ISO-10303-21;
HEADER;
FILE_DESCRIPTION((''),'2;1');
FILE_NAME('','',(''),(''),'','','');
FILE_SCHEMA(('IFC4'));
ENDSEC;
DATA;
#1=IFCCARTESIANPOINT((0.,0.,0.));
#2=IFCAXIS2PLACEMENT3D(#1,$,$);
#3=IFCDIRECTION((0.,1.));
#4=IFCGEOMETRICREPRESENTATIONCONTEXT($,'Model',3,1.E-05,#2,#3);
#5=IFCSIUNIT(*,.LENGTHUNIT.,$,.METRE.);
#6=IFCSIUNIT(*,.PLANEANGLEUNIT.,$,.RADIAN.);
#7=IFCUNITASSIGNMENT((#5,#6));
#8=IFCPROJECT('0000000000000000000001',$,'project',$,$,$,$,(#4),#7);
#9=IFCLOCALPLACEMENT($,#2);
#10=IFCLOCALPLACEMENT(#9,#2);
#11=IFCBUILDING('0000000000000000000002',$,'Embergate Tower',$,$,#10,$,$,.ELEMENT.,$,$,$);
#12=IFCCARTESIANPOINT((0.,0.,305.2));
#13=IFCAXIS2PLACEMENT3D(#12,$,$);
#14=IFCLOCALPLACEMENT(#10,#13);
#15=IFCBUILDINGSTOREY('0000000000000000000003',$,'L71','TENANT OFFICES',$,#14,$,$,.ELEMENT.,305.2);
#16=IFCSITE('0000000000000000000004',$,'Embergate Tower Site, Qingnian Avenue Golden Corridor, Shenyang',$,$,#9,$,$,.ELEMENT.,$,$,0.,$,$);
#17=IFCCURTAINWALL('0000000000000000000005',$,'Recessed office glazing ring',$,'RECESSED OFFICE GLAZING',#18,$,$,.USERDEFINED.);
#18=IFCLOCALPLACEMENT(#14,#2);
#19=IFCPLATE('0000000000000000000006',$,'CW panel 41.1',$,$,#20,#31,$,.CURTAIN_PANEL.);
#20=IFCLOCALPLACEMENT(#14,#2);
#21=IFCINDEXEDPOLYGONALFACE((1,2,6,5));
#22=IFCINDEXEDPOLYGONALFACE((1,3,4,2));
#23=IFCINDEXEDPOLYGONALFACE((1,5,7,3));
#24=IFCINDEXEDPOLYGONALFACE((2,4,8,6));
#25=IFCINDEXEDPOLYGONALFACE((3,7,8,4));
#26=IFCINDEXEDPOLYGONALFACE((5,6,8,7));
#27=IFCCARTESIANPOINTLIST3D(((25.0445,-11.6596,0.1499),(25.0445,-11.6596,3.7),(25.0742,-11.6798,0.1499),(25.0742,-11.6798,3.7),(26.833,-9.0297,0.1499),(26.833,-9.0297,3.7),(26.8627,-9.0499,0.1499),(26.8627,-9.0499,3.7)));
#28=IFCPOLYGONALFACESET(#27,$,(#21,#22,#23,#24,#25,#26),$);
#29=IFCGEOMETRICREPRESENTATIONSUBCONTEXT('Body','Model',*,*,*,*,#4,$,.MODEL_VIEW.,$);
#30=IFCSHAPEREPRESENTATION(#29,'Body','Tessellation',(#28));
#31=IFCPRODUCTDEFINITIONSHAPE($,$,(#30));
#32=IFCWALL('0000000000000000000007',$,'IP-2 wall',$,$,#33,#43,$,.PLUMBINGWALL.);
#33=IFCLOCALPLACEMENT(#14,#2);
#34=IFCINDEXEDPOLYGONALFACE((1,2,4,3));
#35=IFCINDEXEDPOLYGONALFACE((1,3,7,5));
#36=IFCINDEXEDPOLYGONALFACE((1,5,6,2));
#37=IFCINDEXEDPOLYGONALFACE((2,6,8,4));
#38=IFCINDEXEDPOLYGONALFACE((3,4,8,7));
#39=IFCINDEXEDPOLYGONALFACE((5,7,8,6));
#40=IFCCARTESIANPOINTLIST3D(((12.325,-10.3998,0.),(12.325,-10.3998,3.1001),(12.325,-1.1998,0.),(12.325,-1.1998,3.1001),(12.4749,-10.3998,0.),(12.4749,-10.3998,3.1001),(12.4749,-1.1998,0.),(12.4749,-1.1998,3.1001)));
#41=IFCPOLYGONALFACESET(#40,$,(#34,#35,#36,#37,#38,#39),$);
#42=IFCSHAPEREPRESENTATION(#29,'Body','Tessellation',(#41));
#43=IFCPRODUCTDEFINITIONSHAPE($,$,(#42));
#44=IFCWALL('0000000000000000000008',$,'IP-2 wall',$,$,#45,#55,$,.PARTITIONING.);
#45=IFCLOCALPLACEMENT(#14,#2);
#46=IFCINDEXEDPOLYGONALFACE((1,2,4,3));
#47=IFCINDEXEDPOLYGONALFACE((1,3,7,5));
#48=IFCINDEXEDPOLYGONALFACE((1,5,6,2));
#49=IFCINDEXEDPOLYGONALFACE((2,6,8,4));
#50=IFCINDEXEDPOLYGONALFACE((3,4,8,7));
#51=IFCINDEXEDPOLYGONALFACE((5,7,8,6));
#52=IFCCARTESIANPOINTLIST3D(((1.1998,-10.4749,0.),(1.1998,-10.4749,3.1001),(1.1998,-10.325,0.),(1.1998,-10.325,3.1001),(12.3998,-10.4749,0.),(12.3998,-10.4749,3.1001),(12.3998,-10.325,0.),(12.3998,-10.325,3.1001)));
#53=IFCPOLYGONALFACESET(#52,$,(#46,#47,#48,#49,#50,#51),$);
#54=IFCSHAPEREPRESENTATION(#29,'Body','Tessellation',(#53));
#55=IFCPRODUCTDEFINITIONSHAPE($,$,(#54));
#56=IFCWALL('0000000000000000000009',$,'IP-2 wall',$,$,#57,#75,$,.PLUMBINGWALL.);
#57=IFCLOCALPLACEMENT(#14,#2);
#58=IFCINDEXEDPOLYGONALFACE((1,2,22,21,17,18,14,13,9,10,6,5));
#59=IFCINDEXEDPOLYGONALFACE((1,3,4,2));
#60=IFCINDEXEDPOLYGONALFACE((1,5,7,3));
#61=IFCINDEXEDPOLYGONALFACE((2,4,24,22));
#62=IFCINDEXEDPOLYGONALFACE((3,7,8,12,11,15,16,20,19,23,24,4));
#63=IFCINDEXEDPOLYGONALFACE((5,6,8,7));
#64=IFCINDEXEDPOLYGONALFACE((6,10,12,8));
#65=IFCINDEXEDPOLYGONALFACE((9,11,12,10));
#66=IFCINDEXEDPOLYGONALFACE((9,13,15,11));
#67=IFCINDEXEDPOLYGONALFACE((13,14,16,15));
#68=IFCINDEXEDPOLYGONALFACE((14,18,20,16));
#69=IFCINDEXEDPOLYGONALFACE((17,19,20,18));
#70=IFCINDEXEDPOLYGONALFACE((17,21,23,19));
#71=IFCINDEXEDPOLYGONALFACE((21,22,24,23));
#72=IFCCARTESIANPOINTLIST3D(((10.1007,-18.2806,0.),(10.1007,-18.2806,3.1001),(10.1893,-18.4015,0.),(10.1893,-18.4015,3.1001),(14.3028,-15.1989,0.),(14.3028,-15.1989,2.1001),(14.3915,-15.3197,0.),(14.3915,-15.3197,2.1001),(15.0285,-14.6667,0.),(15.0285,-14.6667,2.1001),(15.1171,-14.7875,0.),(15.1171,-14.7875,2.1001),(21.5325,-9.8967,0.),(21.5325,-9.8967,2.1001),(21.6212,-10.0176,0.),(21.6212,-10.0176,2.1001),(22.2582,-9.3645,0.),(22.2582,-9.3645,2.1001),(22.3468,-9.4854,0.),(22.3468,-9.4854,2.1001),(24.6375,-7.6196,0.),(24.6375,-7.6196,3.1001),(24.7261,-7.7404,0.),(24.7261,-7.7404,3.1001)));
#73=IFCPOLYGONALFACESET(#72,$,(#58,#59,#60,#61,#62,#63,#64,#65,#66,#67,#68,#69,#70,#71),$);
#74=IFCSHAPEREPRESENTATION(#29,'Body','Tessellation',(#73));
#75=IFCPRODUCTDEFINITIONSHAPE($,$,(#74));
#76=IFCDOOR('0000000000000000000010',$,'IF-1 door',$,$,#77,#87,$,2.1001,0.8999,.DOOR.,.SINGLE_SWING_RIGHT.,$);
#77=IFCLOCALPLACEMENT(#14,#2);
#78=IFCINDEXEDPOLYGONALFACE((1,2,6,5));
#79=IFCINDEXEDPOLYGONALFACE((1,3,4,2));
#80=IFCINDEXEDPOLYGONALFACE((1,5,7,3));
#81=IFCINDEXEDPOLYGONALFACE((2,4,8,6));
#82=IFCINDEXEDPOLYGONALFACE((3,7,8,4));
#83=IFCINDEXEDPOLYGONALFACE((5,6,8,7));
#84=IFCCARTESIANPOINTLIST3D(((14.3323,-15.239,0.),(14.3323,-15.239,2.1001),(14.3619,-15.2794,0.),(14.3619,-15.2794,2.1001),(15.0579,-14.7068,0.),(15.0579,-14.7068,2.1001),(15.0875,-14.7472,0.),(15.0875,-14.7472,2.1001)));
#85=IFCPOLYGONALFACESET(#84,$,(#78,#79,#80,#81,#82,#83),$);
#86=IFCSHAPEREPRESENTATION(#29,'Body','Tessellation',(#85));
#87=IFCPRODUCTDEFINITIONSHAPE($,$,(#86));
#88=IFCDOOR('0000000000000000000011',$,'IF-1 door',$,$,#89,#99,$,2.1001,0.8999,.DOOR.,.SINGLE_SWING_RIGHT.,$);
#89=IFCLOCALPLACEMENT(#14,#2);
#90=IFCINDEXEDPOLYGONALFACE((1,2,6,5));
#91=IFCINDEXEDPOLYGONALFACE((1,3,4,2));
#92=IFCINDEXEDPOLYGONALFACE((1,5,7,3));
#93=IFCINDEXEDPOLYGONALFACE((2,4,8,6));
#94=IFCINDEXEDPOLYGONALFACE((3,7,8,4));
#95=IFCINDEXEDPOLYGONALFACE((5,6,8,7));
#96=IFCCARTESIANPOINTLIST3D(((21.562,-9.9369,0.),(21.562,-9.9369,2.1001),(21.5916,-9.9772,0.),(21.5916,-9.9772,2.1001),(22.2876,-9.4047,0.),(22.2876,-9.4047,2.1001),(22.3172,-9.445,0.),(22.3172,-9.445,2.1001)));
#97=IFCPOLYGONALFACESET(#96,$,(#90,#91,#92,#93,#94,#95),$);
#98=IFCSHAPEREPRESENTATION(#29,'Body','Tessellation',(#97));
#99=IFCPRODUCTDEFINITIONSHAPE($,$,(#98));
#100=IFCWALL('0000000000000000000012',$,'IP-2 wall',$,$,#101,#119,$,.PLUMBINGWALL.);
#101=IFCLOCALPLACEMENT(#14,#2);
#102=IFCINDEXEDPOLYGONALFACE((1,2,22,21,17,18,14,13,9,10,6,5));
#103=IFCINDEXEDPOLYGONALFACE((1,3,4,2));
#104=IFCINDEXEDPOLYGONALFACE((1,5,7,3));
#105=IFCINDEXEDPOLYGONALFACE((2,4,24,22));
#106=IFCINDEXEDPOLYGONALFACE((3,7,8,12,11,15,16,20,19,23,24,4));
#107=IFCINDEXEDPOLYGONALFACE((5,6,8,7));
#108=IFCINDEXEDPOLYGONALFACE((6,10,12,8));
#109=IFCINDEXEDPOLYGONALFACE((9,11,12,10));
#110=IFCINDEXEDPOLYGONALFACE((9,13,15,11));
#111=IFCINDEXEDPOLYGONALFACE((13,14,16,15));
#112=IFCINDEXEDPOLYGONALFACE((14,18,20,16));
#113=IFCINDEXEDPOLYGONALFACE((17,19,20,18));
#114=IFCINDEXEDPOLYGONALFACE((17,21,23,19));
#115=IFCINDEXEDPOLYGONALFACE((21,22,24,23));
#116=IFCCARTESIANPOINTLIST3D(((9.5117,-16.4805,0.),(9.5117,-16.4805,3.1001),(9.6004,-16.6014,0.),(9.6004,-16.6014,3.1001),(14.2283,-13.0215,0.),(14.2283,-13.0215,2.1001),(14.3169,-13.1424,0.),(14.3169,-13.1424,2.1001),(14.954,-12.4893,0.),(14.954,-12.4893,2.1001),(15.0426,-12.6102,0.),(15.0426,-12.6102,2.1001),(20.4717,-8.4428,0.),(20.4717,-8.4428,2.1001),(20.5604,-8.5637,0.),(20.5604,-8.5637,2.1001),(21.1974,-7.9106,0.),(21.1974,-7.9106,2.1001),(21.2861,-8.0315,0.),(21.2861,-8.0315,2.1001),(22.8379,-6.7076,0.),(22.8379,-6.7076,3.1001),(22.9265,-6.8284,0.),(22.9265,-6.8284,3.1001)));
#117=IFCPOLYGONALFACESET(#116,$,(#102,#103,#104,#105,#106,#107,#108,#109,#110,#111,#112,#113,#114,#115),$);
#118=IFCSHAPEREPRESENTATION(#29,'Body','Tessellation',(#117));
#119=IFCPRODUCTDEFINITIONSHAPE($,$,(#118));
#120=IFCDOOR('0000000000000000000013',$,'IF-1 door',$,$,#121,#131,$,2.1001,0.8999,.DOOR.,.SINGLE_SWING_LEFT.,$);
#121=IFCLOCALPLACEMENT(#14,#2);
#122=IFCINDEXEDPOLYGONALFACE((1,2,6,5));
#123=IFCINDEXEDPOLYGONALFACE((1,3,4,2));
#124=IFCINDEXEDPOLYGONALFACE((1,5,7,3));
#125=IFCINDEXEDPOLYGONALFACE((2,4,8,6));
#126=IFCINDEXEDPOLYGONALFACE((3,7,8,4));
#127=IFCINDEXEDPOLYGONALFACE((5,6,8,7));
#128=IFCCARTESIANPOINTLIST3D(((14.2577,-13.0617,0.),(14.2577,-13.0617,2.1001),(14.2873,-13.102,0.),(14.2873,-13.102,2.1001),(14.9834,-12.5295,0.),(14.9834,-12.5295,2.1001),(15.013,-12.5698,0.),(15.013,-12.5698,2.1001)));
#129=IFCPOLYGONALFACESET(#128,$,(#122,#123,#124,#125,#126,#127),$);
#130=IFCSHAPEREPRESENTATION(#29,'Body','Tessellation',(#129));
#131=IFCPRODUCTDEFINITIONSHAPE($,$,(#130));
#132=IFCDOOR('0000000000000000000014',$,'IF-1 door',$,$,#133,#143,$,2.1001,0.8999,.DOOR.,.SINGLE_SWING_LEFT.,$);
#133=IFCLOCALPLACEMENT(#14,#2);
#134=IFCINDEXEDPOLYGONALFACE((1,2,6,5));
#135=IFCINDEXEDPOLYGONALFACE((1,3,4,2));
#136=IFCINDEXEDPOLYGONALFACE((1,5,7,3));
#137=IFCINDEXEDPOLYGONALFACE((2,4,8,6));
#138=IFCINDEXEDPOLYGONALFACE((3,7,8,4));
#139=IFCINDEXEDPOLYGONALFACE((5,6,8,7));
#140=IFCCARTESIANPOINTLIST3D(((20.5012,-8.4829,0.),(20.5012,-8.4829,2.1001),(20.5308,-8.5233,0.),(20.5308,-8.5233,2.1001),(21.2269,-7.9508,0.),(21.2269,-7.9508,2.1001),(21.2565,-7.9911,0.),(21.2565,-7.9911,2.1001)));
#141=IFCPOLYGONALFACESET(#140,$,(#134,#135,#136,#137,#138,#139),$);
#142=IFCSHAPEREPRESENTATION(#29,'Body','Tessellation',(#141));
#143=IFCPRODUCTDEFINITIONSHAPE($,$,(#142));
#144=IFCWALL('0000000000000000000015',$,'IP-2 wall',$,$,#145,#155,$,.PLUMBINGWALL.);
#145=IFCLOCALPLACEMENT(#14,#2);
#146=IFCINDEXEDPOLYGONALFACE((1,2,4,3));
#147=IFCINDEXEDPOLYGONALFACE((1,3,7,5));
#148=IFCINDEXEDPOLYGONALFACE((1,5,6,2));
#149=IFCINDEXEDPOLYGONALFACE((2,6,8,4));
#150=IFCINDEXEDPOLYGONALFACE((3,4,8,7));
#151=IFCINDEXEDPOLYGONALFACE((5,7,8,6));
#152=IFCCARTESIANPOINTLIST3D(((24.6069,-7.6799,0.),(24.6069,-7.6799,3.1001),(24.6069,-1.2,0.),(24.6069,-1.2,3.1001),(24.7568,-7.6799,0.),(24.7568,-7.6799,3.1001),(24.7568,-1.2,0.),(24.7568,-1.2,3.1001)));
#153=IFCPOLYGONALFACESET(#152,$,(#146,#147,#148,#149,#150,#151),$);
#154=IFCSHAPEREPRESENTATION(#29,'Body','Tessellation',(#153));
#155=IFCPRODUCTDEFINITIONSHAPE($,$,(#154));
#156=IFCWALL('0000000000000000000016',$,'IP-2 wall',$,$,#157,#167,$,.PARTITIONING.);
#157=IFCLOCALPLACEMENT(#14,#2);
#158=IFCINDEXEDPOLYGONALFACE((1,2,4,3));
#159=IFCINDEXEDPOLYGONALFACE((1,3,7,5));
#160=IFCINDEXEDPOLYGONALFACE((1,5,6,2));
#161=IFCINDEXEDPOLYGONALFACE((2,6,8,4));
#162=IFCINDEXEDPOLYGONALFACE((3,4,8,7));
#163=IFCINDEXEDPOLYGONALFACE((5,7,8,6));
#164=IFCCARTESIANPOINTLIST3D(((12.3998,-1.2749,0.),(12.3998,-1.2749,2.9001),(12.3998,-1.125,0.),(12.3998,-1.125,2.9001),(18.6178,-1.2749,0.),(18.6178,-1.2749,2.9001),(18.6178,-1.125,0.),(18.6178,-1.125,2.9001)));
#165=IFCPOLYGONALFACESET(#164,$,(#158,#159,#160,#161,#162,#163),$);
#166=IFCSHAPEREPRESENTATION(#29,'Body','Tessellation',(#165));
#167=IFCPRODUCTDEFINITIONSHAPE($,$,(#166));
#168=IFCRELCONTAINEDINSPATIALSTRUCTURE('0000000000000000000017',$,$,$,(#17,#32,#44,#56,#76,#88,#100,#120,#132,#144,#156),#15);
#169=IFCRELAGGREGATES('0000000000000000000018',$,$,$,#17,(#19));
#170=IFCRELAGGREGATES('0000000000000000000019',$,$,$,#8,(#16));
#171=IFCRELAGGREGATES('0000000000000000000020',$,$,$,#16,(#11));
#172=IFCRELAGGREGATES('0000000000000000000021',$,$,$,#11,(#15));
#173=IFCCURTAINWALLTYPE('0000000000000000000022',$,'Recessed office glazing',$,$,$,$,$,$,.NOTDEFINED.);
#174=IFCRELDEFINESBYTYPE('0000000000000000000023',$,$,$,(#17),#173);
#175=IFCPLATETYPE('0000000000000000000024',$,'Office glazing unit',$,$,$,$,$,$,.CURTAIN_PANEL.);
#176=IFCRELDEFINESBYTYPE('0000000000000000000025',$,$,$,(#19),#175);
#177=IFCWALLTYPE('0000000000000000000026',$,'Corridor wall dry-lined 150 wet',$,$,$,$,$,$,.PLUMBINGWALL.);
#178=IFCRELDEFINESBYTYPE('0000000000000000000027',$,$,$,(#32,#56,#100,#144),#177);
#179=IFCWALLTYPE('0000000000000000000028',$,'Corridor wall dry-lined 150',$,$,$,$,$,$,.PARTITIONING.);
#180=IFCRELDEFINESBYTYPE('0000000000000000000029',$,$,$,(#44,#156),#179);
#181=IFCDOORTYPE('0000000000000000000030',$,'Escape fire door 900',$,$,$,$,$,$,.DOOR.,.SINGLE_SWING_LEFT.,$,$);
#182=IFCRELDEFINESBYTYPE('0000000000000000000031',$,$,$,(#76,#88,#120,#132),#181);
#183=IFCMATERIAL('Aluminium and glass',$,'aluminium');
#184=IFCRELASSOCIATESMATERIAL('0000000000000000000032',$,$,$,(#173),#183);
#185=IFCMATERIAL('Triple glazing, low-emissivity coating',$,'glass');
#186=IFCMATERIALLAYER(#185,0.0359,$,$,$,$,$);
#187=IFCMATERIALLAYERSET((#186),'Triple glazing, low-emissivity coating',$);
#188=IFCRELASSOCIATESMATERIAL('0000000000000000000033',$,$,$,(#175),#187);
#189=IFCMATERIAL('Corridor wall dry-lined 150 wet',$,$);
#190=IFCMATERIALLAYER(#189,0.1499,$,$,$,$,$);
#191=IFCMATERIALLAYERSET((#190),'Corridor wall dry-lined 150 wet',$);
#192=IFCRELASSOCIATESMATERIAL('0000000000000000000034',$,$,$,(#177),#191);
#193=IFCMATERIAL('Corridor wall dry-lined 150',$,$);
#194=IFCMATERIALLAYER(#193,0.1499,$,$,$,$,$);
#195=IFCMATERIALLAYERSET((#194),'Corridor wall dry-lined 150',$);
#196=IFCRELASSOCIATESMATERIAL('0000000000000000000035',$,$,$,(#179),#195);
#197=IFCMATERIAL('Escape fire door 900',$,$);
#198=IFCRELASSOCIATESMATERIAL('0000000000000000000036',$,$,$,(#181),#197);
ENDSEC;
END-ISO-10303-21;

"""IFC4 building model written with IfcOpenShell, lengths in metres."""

from ifc_helpers import new_model, si_unit, direction, frame, frame_2d, origin, origin_2d, place, context, subcontext, project, spatial, rectangle, extrude, source, transform, mapped, material, layer, layer_set, type_object, element, fill, aggregate, save


model = new_model("IFC4")

# Units and contexts
model_context = context("Model", 3, precision=1e-05, world=origin(), true_north=direction((0.0, 1.0)))
body_context = subcontext(model_context, "Body", "Model", "MODEL_VIEW")
ifc_project = project(units=[si_unit("LENGTHUNIT", "METRE"), si_unit("PLANEANGLEUNIT", "RADIAN")], contexts=[model_context])

# Site, building, storey
site_placement = place(None, origin())
site = spatial("IfcSite", under=ifc_project, at=site_placement, Name="Embergate Tower Site, Qingnian Avenue Golden Corridor, Shenyang", CompositionType="ELEMENT", RefElevation=0.0)
building_placement = place(site_placement, origin())
building = spatial("IfcBuilding", under=site, at=building_placement, Name="Embergate Tower", CompositionType="ELEMENT")
storey_placement = place(building_placement, frame((0.0, 0.0, 305.2)))
storey = spatial("IfcBuildingStorey", under=building, at=storey_placement, Name="L71", Description="TENANT OFFICES", CompositionType="ELEMENT", Elevation=305.2)

# Curtain wall, plate
ifc_material_1 = material(Name="Aluminium and glass", Category="aluminium")
curtain_wall_type = type_object("IfcCurtainWallType", Name="Recessed office glazing", PredefinedType="NOTDEFINED", material=ifc_material_1)
curtain_wall_placement = place(storey_placement, origin())
curtain_wall = element("IfcCurtainWall", 1, at=curtain_wall_placement, inside=storey, type_object=curtain_wall_type, Name="Recessed office glazing ring", ObjectType="RECESSED OFFICE GLAZING", PredefinedType="USERDEFINED")
ifc_material_2 = material(Name="Triple glazing, low-emissivity coating", Category="glass")
ifc_layer_1 = layer(ifc_material_2, 0.0359)
ifc_layer_set_1 = layer_set([ifc_layer_1], Name="Triple glazing, low-emissivity coating")
plate_type = type_object("IfcPlateType", Name="Office glazing unit", PredefinedType="CURTAIN_PANEL", material=ifc_layer_set_1)
shared_shape_1 = source(origin(), body_context, "Body", "SweptSolid", [
    extrude(rectangle(XDim=3.1804, YDim=0.0359, at=origin_2d()), origin(), (0.0, 0.0, 1.0), 3.55),
])
plate_1_placement = place(storey_placement, frame((25.9536, -10.3547, 0.1499), z_axis=(0.0, 0.0, 1.0), x_axis=(0.562342, 0.826905, 0.0)))
plate_1 = element("IfcPlate", 2, at=plate_1_placement, type_object=plate_type, Name="CW panel 41.1", PredefinedType="CURTAIN_PANEL", context=body_context, shape_type="MappedRepresentation", body=[
    mapped(shared_shape_1, transform((0.0, 0.0, 0.0))),
])
aggregate(curtain_wall, [plate_1])

# Walls
ifc_material_3 = material(Name="Corridor wall dry-lined 150 wet")
ifc_layer_2 = layer(ifc_material_3, 0.1499)
ifc_layer_set_2 = layer_set([ifc_layer_2], Name="Corridor wall dry-lined 150 wet")
wall_type_1 = type_object("IfcWallType", Name="Corridor wall dry-lined 150 wet", PredefinedType="PLUMBINGWALL", material=ifc_layer_set_2)
shared_shape_2 = source(origin(), body_context, "Body", "SweptSolid", [
    extrude(rectangle(XDim=9.2, YDim=0.1499, at=frame_2d((4.6001, 0.0))), origin(), (0.0, 0.0, 1.0), 3.1001),
])
wall_1_placement = place(storey_placement, frame((12.3999, -10.3999, 0.0), z_axis=(0.0, 0.0, 1.0), x_axis=(0.0, 1.0, 0.0)))
element("IfcWall", 3, at=wall_1_placement, inside=storey, type_object=wall_type_1, Name="IP-2 wall", PredefinedType="PLUMBINGWALL", context=body_context, shape_type="MappedRepresentation", body=[
    mapped(shared_shape_2, transform((0.0, 0.0, 0.0))),
])
ifc_material_4 = material(Name="Corridor wall dry-lined 150")
ifc_layer_3 = layer(ifc_material_4, 0.1499)
ifc_layer_set_3 = layer_set([ifc_layer_3], Name="Corridor wall dry-lined 150")
wall_type_2 = type_object("IfcWallType", Name="Corridor wall dry-lined 150", PredefinedType="PARTITIONING", material=ifc_layer_set_3)
shared_shape_3 = source(origin(), body_context, "Body", "SweptSolid", [
    extrude(rectangle(XDim=11.2, YDim=0.1499, at=frame_2d((5.6001, 0.0))), origin(), (0.0, 0.0, 1.0), 3.1001),
])
wall_2_placement = place(storey_placement, frame((12.3999, -10.3999, 0.0), z_axis=(0.0, 0.0, 1.0), x_axis=(-1.0, 0.0, 0.0)))
element("IfcWall", 4, at=wall_2_placement, inside=storey, type_object=wall_type_2, Name="IP-2 wall", PredefinedType="PARTITIONING", context=body_context, shape_type="MappedRepresentation", body=[
    mapped(shared_shape_3, transform((0.0, 0.0, 0.0))),
])

# Walls, openings, doors
shared_shape_4 = source(origin(), body_context, "Body", "SweptSolid", [
    extrude(rectangle(XDim=18.0271, YDim=0.1499, at=frame_2d((9.0137, 0.0))), origin(), (0.0, 0.0, 1.0), 3.1001),
])
wall_3_placement = place(storey_placement, frame((24.6819, -7.6799, 0.0), z_axis=(0.0, 0.0, 1.0), x_axis=(-0.806385, -0.591391, 0.0)))
wall_3 = element("IfcWall", 5, at=wall_3_placement, inside=storey, type_object=wall_type_1, Name="IP-2 wall", PredefinedType="PLUMBINGWALL", context=body_context, shape_type="MappedRepresentation", body=[
    mapped(shared_shape_4, transform((0.0, 0.0, 0.0))),
])
shared_shape_5 = source(origin(), body_context, "Body", "SweptSolid", [
    extrude(rectangle(XDim=0.8999, YDim=2.1001, at=frame_2d((0.45, 1.05))), frame((0.0, 0.085, 0.0), z_axis=(0.0, -1.0, 0.0), x_axis=(1.0, 0.0, 0.0)), (0.0, 0.0, 1.0), 0.1699),
])
opening_1_placement = place(wall_3_placement, frame((11.9163, 0.0, 0.0)))
opening_1 = element("IfcOpeningElement", 6, at=opening_1_placement, cuts=wall_3, PredefinedType="OPENING", context=body_context, shape_type="MappedRepresentation", body=[
    mapped(shared_shape_5, transform((0.0, 0.0, 0.0))),
])
opening_2_placement = place(wall_3_placement, frame((2.9507, 0.0, 0.0)))
opening_2 = element("IfcOpeningElement", 7, at=opening_2_placement, cuts=wall_3, PredefinedType="OPENING", context=body_context, shape_type="MappedRepresentation", body=[
    mapped(shared_shape_5, transform((0.0, 0.0, 0.0))),
])
ifc_material_5 = material(Name="Escape fire door 900")
door_type = type_object("IfcDoorType", Name="Escape fire door 900", OperationType="SINGLE_SWING_LEFT", PredefinedType="DOOR", material=ifc_material_5)
shared_shape_6 = source(origin(), body_context, "Body", "SweptSolid", [
    extrude(rectangle(XDim=0.8999, YDim=2.1001, at=frame_2d((0.45, 1.05))), frame((0.0, 0.0249, 0.0), z_axis=(0.0, -1.0, 0.0), x_axis=(1.0, 0.0, 0.0)), (0.0, 0.0, 1.0), 0.05),
])
door_1_placement = place(opening_1_placement, origin())
door_1 = element("IfcDoor", 8, at=door_1_placement, inside=storey, type_object=door_type, Name="IF-1 door", OperationType="SINGLE_SWING_RIGHT", OverallHeight=2.1001, OverallWidth=0.8999, PredefinedType="DOOR", context=body_context, shape_type="MappedRepresentation", body=[
    mapped(shared_shape_6, transform((0.0, 0.0, 0.0))),
])
fill(opening_1, door_1)
door_2_placement = place(opening_2_placement, origin())
door_2 = element("IfcDoor", 9, at=door_2_placement, inside=storey, type_object=door_type, Name="IF-1 door", OperationType="SINGLE_SWING_RIGHT", OverallHeight=2.1001, OverallWidth=0.8999, PredefinedType="DOOR", context=body_context, shape_type="MappedRepresentation", body=[
    mapped(shared_shape_6, transform((0.0, 0.0, 0.0))),
])
fill(opening_2, door_2)
shared_shape_7 = source(origin(), body_context, "Body", "SweptSolid", [
    extrude(rectangle(XDim=16.5256, YDim=0.1499, at=frame_2d((8.2627, 0.0))), origin(), (0.0, 0.0, 1.0), 3.1001),
])
wall_4_placement = place(storey_placement, frame((22.8821, -6.7681, 0.0), z_axis=(0.0, 0.0, 1.0), x_axis=(-0.806393, -0.59138, 0.0)))
wall_4 = element("IfcWall", 10, at=wall_4_placement, inside=storey, type_object=wall_type_1, Name="IP-2 wall", PredefinedType="PLUMBINGWALL", context=body_context, shape_type="MappedRepresentation", body=[
    mapped(shared_shape_7, transform((0.0, 0.0, 0.0))),
])
opening_3_placement = place(wall_4_placement, frame((9.7766, 0.0, 0.0)))
opening_3 = element("IfcOpeningElement", 11, at=opening_3_placement, cuts=wall_4, PredefinedType="OPENING", context=body_context, shape_type="MappedRepresentation", body=[
    mapped(shared_shape_5, transform((0.0, 0.0, 0.0))),
])
opening_4_placement = place(wall_4_placement, frame((2.0342, 0.0, 0.0)))
opening_4 = element("IfcOpeningElement", 12, at=opening_4_placement, cuts=wall_4, PredefinedType="OPENING", context=body_context, shape_type="MappedRepresentation", body=[
    mapped(shared_shape_5, transform((0.0, 0.0, 0.0))),
])
door_3_placement = place(opening_3_placement, origin())
door_3 = element("IfcDoor", 13, at=door_3_placement, inside=storey, type_object=door_type, Name="IF-1 door", OperationType="SINGLE_SWING_LEFT", OverallHeight=2.1001, OverallWidth=0.8999, PredefinedType="DOOR", context=body_context, shape_type="MappedRepresentation", body=[
    mapped(shared_shape_6, transform((0.0, 0.0, 0.0))),
])
fill(opening_3, door_3)
door_4_placement = place(opening_4_placement, origin())
door_4 = element("IfcDoor", 14, at=door_4_placement, inside=storey, type_object=door_type, Name="IF-1 door", OperationType="SINGLE_SWING_LEFT", OverallHeight=2.1001, OverallWidth=0.8999, PredefinedType="DOOR", context=body_context, shape_type="MappedRepresentation", body=[
    mapped(shared_shape_6, transform((0.0, 0.0, 0.0))),
])
fill(opening_4, door_4)

# Walls
shared_shape_8 = source(origin(), body_context, "Body", "SweptSolid", [
    extrude(rectangle(XDim=6.48, YDim=0.1499, at=frame_2d((3.24, 0.0))), origin(), (0.0, 0.0, 1.0), 3.1001),
])
wall_5_placement = place(storey_placement, frame((24.6819, -7.6799, 0.0), z_axis=(0.0, 0.0, 1.0), x_axis=(0.0, 1.0, 0.0)))
element("IfcWall", 15, at=wall_5_placement, inside=storey, type_object=wall_type_1, Name="IP-2 wall", PredefinedType="PLUMBINGWALL", context=body_context, shape_type="MappedRepresentation", body=[
    mapped(shared_shape_8, transform((0.0, 0.0, 0.0))),
])
shared_shape_9 = source(origin(), body_context, "Body", "SweptSolid", [
    extrude(rectangle(XDim=6.218, YDim=0.1499, at=frame_2d((3.1089, 0.0))), origin(), (0.0, 0.0, 1.0), 2.9001),
])
wall_6_placement = place(storey_placement, frame((12.3999, -1.2, 0.0), z_axis=(0.0, 0.0, 1.0), x_axis=(1.0, 0.0, 0.0)))
element("IfcWall", 16, at=wall_6_placement, inside=storey, type_object=wall_type_2, Name="IP-2 wall", PredefinedType="PARTITIONING", context=body_context, shape_type="MappedRepresentation", body=[
    mapped(shared_shape_9, transform((0.0, 0.0, 0.0))),
])

save(model, "model.ifc")
